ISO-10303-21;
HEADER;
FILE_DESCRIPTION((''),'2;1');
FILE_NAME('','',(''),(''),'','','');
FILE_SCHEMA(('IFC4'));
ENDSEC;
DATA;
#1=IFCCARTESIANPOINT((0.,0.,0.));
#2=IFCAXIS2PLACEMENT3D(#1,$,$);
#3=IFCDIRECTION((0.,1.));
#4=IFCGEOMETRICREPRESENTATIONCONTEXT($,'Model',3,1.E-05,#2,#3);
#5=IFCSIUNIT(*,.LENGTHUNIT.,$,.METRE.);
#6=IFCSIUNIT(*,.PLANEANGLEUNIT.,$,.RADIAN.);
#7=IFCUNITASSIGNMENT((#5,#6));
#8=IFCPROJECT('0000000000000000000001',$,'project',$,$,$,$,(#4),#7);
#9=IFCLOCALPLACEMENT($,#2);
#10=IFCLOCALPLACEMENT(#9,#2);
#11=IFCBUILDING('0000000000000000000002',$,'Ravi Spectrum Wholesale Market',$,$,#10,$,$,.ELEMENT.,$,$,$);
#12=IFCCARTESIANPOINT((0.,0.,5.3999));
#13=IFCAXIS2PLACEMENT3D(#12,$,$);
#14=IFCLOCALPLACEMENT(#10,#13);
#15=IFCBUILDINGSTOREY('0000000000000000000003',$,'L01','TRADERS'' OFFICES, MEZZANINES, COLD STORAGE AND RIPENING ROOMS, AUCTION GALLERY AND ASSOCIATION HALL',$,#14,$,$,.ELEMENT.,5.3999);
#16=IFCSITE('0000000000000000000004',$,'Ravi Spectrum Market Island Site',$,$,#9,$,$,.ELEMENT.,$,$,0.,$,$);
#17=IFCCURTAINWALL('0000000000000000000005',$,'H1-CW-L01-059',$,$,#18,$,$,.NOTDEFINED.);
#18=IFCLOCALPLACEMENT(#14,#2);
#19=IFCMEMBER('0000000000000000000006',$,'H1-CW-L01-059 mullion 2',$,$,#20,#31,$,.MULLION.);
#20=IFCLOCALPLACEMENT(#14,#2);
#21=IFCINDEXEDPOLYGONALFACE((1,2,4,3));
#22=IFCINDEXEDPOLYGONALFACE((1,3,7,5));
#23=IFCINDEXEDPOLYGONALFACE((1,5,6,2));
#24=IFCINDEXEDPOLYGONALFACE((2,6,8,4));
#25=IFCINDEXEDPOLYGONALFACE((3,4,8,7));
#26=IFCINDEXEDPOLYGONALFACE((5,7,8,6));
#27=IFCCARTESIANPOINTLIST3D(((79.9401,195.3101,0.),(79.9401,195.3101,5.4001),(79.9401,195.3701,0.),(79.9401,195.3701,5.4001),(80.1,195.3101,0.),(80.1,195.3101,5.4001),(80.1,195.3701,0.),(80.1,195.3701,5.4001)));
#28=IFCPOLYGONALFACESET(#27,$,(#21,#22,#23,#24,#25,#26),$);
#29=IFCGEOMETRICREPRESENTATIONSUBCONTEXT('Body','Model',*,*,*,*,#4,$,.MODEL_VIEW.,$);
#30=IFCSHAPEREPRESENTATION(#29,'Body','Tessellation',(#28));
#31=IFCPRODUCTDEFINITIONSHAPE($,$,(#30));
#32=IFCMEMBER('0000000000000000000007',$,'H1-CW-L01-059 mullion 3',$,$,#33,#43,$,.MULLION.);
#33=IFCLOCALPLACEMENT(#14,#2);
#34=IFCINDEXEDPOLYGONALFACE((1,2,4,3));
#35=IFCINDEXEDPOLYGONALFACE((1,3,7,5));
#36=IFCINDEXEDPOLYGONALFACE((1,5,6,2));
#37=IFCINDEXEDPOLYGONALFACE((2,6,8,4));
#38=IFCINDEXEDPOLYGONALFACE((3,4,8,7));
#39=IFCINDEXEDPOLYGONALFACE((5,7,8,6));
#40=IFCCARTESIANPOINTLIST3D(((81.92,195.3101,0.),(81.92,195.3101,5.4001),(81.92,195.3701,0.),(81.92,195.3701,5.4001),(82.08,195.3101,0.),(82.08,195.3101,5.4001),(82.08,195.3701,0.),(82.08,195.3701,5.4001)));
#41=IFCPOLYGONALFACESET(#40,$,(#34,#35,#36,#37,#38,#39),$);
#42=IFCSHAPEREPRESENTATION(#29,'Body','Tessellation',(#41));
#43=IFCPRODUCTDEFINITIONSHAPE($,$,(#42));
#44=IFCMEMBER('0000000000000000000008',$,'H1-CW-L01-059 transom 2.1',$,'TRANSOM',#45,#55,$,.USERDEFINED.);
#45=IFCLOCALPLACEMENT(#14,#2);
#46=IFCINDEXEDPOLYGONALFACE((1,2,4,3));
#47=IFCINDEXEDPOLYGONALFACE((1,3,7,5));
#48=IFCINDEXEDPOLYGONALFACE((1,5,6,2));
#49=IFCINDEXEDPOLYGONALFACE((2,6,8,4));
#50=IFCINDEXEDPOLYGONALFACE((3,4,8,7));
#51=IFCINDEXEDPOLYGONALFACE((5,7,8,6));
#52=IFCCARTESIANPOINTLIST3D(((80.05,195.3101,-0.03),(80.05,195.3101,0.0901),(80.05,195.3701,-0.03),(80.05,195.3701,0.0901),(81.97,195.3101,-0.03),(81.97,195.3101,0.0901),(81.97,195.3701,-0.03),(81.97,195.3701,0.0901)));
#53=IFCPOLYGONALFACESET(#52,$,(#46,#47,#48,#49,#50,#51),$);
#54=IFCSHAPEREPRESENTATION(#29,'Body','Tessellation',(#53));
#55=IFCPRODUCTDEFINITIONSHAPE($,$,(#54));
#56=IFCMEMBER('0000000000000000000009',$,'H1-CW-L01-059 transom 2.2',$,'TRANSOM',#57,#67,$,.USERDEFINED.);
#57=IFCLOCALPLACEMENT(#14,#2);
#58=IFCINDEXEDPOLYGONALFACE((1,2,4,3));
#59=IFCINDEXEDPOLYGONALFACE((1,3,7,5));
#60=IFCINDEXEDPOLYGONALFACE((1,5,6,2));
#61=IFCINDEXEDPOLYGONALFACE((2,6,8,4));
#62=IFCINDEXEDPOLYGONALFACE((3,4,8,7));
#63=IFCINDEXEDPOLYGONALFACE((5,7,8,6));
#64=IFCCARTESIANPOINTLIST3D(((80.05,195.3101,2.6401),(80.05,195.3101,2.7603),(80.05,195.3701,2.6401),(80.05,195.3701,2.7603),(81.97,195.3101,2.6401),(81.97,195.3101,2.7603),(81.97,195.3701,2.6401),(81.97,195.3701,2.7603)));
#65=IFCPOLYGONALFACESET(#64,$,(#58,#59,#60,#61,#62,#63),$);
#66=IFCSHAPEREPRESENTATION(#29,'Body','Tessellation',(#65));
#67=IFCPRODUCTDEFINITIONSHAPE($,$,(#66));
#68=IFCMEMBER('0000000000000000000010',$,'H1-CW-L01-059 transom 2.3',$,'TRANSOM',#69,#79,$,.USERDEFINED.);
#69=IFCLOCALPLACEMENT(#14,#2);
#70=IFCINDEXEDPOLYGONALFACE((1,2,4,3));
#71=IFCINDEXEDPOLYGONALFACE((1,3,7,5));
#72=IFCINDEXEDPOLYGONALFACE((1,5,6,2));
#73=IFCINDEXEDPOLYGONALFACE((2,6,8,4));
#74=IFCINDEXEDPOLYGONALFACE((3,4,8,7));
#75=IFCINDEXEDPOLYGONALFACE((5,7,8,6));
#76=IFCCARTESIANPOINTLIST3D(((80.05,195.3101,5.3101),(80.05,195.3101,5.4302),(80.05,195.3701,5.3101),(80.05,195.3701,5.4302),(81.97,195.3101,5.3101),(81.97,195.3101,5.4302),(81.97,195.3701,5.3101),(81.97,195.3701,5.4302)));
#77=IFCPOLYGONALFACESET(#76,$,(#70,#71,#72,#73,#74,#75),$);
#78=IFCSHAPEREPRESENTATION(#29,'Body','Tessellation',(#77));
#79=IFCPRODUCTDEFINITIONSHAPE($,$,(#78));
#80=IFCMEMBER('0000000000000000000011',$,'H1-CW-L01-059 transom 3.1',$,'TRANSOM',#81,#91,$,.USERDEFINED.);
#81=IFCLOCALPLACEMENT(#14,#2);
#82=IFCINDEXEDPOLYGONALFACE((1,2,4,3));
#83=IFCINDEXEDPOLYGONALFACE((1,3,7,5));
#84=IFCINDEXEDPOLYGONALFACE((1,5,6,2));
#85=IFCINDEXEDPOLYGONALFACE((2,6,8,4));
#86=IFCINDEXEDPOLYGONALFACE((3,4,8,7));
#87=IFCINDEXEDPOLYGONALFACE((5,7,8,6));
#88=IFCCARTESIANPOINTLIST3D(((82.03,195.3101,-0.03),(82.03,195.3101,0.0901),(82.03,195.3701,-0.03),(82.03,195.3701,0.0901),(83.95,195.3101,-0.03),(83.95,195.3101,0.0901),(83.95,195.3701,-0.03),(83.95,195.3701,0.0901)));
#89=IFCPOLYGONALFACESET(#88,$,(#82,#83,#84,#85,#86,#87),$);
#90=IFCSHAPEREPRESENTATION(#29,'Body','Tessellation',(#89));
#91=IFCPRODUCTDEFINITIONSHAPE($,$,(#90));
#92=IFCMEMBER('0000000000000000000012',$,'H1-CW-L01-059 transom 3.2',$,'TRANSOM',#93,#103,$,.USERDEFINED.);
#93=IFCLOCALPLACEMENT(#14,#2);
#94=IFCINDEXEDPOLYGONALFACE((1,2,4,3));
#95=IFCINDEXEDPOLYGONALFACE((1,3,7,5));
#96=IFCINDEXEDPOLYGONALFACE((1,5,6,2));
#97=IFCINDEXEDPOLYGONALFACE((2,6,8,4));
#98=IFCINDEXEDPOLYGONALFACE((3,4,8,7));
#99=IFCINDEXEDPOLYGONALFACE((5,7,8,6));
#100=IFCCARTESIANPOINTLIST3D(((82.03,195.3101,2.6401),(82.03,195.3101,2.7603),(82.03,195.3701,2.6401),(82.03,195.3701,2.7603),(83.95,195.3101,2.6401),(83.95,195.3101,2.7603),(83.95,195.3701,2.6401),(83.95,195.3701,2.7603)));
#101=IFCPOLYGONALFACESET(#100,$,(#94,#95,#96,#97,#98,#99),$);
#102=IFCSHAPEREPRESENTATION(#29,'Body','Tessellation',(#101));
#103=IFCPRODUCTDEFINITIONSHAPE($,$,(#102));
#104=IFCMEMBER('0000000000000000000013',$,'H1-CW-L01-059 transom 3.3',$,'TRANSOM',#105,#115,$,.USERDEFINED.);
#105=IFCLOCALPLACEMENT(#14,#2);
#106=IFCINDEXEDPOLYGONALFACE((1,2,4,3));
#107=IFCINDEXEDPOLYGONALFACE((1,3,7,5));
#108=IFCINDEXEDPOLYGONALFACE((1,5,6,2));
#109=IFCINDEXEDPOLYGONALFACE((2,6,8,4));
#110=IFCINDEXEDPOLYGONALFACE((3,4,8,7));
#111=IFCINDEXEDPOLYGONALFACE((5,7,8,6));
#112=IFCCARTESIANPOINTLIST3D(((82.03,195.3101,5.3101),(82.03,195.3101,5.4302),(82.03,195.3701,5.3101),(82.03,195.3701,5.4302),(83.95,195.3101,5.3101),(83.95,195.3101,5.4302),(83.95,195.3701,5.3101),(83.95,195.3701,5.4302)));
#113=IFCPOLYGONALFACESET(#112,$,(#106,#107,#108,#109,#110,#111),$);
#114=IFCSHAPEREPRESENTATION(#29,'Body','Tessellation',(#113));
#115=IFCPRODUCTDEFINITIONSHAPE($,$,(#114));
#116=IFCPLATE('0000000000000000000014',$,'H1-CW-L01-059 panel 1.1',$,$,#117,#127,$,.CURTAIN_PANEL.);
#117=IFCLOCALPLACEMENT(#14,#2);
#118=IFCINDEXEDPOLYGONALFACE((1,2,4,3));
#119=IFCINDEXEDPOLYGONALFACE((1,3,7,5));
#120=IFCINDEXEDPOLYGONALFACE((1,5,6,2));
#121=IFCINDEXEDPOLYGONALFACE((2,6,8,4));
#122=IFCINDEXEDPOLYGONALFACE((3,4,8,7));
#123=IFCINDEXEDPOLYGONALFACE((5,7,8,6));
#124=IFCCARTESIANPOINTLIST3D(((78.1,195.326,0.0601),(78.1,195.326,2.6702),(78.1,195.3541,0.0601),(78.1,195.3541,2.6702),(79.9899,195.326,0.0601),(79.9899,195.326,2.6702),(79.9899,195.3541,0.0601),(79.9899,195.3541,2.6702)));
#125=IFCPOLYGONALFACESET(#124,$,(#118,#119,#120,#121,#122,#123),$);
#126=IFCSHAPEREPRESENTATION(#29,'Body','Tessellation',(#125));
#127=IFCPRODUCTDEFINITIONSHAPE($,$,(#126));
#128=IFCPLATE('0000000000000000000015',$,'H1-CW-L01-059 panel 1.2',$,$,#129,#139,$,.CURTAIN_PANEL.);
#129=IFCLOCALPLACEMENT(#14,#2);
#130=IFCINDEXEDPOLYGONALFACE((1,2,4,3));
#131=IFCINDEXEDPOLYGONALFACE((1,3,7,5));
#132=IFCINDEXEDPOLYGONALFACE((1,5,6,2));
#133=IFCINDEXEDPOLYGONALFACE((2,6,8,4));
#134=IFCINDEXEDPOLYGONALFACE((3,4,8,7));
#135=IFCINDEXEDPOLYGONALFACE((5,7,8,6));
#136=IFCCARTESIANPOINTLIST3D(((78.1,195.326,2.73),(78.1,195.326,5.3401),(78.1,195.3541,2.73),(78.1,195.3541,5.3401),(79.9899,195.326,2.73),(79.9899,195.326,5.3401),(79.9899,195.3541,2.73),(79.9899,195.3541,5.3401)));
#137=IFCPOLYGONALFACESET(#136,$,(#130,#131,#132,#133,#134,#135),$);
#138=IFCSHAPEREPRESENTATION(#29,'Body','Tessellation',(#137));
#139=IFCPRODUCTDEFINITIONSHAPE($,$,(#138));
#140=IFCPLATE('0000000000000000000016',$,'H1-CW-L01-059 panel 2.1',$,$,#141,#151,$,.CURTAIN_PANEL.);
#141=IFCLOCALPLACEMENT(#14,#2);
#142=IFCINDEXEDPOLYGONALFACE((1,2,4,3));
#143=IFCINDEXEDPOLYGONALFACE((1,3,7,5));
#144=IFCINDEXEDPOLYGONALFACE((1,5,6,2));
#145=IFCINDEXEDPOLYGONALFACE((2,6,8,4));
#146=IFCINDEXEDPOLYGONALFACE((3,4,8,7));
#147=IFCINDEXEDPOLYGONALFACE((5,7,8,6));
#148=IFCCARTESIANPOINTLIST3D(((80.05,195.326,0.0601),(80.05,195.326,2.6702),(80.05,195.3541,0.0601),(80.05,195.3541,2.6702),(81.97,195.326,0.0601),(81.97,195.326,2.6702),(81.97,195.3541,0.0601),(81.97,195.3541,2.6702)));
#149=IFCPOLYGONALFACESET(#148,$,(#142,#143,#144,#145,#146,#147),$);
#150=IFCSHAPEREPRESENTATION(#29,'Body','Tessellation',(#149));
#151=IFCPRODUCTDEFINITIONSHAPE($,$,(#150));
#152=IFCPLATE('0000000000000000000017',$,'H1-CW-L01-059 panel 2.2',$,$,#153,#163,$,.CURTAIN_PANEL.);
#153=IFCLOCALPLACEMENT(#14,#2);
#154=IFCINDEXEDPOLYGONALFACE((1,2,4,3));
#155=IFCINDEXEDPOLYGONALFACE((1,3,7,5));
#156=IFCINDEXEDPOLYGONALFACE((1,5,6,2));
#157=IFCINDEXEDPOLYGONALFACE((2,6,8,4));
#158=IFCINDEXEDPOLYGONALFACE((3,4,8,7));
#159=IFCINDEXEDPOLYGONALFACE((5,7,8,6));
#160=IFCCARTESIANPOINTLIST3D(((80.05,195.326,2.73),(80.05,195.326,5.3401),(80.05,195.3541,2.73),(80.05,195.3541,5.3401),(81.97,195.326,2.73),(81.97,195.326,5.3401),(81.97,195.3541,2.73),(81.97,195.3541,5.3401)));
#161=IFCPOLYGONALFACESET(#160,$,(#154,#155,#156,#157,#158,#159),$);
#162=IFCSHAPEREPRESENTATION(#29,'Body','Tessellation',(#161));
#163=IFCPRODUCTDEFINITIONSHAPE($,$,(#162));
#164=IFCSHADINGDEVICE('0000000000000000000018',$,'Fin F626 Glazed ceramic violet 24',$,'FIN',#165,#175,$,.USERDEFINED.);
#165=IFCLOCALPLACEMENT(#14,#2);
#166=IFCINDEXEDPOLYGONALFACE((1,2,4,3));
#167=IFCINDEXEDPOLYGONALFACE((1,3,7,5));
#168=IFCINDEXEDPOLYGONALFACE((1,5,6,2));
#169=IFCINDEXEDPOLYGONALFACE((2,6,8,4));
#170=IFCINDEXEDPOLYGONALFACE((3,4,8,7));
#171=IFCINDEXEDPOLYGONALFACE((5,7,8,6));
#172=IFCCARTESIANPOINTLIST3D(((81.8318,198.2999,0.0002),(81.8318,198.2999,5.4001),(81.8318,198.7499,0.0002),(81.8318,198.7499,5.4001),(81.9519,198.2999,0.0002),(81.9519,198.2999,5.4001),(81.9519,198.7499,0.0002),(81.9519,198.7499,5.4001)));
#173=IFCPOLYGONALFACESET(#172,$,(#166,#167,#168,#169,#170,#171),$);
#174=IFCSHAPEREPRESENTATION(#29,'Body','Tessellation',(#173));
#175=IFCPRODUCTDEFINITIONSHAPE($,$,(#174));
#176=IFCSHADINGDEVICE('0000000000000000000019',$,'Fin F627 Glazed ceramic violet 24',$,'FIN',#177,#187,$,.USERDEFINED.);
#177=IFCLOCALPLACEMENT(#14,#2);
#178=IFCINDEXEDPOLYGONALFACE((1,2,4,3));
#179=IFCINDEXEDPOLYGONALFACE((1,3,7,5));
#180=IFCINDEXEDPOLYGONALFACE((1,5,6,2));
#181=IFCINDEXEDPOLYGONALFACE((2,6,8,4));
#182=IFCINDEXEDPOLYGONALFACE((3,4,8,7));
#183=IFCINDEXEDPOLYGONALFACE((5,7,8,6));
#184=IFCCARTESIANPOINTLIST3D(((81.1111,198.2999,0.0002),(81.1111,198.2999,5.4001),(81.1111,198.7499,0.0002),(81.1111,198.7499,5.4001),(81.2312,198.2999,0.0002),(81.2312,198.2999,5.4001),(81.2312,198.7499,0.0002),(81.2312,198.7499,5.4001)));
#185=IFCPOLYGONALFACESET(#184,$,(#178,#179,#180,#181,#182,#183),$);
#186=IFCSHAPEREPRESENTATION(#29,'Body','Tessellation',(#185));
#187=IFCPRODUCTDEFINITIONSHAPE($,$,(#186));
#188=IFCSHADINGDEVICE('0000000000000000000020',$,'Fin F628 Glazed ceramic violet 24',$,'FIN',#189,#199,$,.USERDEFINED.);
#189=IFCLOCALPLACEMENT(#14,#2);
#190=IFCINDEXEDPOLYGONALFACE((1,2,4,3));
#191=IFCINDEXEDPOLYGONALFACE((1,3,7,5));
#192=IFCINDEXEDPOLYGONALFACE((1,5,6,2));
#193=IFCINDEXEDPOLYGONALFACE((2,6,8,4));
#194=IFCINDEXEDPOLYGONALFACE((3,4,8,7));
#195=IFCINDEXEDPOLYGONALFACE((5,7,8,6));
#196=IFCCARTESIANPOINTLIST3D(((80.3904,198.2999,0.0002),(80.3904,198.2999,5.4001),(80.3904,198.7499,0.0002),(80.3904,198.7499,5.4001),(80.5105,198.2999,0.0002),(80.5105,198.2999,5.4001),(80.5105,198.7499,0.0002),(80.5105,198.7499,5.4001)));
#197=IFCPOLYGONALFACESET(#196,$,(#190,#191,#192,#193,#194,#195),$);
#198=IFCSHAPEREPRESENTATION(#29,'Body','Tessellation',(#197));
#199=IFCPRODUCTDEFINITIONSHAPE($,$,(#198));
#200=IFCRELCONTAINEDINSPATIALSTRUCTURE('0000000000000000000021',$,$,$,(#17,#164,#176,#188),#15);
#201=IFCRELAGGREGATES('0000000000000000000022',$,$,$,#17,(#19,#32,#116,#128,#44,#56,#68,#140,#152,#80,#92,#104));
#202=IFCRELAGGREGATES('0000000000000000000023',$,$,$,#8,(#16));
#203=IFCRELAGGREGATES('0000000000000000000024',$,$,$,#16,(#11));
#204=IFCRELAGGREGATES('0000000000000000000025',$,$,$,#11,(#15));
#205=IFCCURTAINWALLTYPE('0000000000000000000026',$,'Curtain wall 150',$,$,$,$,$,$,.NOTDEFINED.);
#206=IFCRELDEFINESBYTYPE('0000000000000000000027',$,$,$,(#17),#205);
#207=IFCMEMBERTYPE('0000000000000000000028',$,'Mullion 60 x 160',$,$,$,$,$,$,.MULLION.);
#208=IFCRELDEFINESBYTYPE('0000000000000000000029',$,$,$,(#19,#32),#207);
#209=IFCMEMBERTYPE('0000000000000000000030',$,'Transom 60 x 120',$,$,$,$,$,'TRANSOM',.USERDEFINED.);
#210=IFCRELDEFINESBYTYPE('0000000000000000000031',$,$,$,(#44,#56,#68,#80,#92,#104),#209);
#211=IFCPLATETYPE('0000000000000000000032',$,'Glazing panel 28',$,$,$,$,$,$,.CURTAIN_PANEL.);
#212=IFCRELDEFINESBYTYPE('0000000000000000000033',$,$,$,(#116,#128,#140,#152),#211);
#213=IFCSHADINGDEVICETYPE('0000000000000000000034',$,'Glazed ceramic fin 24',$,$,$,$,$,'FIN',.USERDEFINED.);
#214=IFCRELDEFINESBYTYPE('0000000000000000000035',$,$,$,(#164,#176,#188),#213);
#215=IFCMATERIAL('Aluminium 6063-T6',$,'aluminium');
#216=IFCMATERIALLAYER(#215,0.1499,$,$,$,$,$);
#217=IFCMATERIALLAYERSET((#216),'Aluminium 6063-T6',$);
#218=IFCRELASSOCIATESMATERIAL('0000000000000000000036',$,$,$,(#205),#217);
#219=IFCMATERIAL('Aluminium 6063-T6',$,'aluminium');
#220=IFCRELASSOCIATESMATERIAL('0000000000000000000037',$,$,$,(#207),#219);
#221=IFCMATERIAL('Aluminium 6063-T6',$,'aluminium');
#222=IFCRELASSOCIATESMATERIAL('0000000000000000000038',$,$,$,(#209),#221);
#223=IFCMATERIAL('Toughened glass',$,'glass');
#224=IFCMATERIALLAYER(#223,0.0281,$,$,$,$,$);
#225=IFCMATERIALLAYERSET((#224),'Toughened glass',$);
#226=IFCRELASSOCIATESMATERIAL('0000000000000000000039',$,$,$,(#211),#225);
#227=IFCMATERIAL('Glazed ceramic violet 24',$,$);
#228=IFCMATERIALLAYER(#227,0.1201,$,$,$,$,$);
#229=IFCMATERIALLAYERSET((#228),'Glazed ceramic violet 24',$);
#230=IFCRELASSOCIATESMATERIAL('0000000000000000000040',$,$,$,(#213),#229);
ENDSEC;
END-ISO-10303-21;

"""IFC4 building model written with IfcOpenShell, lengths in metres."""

from ifc_helpers import new_model, si_unit, direction, frame, origin, origin_2d, place, context, subcontext, project, spatial, rectangle, extrude, material, layer, layer_set, material_profile, profile_set, type_object, element, aggregate, save


model = new_model("IFC4")

# Units and contexts
model_context = context("Model", 3, precision=1e-05, world=origin(), true_north=direction((0.0, 1.0)))
body_context = subcontext(model_context, "Body", "Model", "MODEL_VIEW")
ifc_project = project(units=[si_unit("LENGTHUNIT", "METRE"), si_unit("PLANEANGLEUNIT", "RADIAN")], contexts=[model_context])

# Site, building, storey
site_placement = place(None, origin())
site = spatial("IfcSite", under=ifc_project, at=site_placement, Name="Ravi Spectrum Market Island Site", CompositionType="ELEMENT", RefElevation=0.0)
building_placement = place(site_placement, origin())
building = spatial("IfcBuilding", under=site, at=building_placement, Name="Ravi Spectrum Wholesale Market", CompositionType="ELEMENT")
storey_placement = place(building_placement, frame((0.0, 0.0, 5.3999)))
storey = spatial("IfcBuildingStorey", under=building, at=storey_placement, Name="L01", Description="TRADERS' OFFICES, MEZZANINES, COLD STORAGE AND RIPENING ROOMS, AUCTION GALLERY AND ASSOCIATION HALL", CompositionType="ELEMENT", Elevation=5.3999)

# Curtain wall, members, plates
ifc_material_1 = material(Name="Aluminium 6063-T6", Category="aluminium")
ifc_layer_1 = layer(ifc_material_1, 0.1499)
ifc_layer_set_1 = layer_set([ifc_layer_1], Name="Aluminium 6063-T6")
curtain_wall_type = type_object("IfcCurtainWallType", Name="Curtain wall 150", PredefinedType="NOTDEFINED", material=ifc_layer_set_1)
curtain_wall_placement = place(storey_placement, origin())
curtain_wall = element("IfcCurtainWall", 1, at=curtain_wall_placement, inside=storey, type_object=curtain_wall_type, Name="H1-CW-L01-059", PredefinedType="NOTDEFINED")
ifc_material_2 = material(Name="Aluminium 6063-T6", Category="aluminium")
ifc_material_profile_1 = material_profile(ifc_material_2, rectangle(XDim=0.0601, YDim=0.1599, at=origin_2d()))
ifc_profile_set_1 = profile_set([ifc_material_profile_1], Name="Aluminium 6063-T6")
member_type_1 = type_object("IfcMemberType", Name="Mullion 60 x 160", PredefinedType="MULLION", material=ifc_profile_set_1)
member_1_placement = place(storey_placement, frame((80.02, 195.3401, 0.0), z_axis=(0.0, 0.0, 1.0), x_axis=(0.0, 1.0, 0.0)))
member_1 = element("IfcMember", 2, at=member_1_placement, type_object=member_type_1, Name="H1-CW-L01-059 mullion 2", PredefinedType="MULLION", context=body_context, shape_type="SweptSolid", body=[
    extrude(rectangle(XDim=0.0601, YDim=0.1599, at=origin_2d()), origin(), (0.0, 0.0, 1.0), 5.4001),
])
member_2_placement = place(storey_placement, frame((82.0, 195.3401, 0.0), z_axis=(0.0, 0.0, 1.0), x_axis=(0.0, 1.0, 0.0)))
member_2 = element("IfcMember", 3, at=member_2_placement, type_object=member_type_1, Name="H1-CW-L01-059 mullion 3", PredefinedType="MULLION", context=body_context, shape_type="SweptSolid", body=[
    extrude(rectangle(XDim=0.0601, YDim=0.1599, at=origin_2d()), origin(), (0.0, 0.0, 1.0), 5.4001),
])
ifc_material_3 = material(Name="Aluminium 6063-T6", Category="aluminium")
ifc_material_profile_2 = material_profile(ifc_material_3, rectangle(XDim=0.0601, YDim=0.1201, at=origin_2d()))
ifc_profile_set_2 = profile_set([ifc_material_profile_2], Name="Aluminium 6063-T6")
member_type_2 = type_object("IfcMemberType", Name="Transom 60 x 120", ElementType="TRANSOM", PredefinedType="USERDEFINED", material=ifc_profile_set_2)
member_3_placement = place(storey_placement, frame((80.05, 195.3401, 0.03), z_axis=(1.0, 0.0, 0.0), x_axis=(0.0, 1.0, 0.0)))
member_3 = element("IfcMember", 4, at=member_3_placement, type_object=member_type_2, Name="H1-CW-L01-059 transom 2.1", ObjectType="TRANSOM", PredefinedType="USERDEFINED", context=body_context, shape_type="SweptSolid", body=[
    extrude(rectangle(XDim=0.0601, YDim=0.1201, at=origin_2d()), origin(), (0.0, 0.0, 1.0), 1.9199),
])
member_4_placement = place(storey_placement, frame((80.05, 195.3401, 2.7002), z_axis=(1.0, 0.0, 0.0), x_axis=(0.0, 1.0, 0.0)))
member_4 = element("IfcMember", 5, at=member_4_placement, type_object=member_type_2, Name="H1-CW-L01-059 transom 2.2", ObjectType="TRANSOM", PredefinedType="USERDEFINED", context=body_context, shape_type="SweptSolid", body=[
    extrude(rectangle(XDim=0.0601, YDim=0.1201, at=origin_2d()), origin(), (0.0, 0.0, 1.0), 1.9199),
])
member_5_placement = place(storey_placement, frame((80.05, 195.3401, 5.3701), z_axis=(1.0, 0.0, 0.0), x_axis=(0.0, 1.0, 0.0)))
member_5 = element("IfcMember", 6, at=member_5_placement, type_object=member_type_2, Name="H1-CW-L01-059 transom 2.3", ObjectType="TRANSOM", PredefinedType="USERDEFINED", context=body_context, shape_type="SweptSolid", body=[
    extrude(rectangle(XDim=0.0601, YDim=0.1201, at=origin_2d()), origin(), (0.0, 0.0, 1.0), 1.9199),
])
member_6_placement = place(storey_placement, frame((82.03, 195.3401, 0.03), z_axis=(1.0, 0.0, 0.0), x_axis=(0.0, 1.0, 0.0)))
member_6 = element("IfcMember", 7, at=member_6_placement, type_object=member_type_2, Name="H1-CW-L01-059 transom 3.1", ObjectType="TRANSOM", PredefinedType="USERDEFINED", context=body_context, shape_type="SweptSolid", body=[
    extrude(rectangle(XDim=0.0601, YDim=0.1201, at=origin_2d()), origin(), (0.0, 0.0, 1.0), 1.9199),
])
member_7_placement = place(storey_placement, frame((82.03, 195.3401, 2.7002), z_axis=(1.0, 0.0, 0.0), x_axis=(0.0, 1.0, 0.0)))
member_7 = element("IfcMember", 8, at=member_7_placement, type_object=member_type_2, Name="H1-CW-L01-059 transom 3.2", ObjectType="TRANSOM", PredefinedType="USERDEFINED", context=body_context, shape_type="SweptSolid", body=[
    extrude(rectangle(XDim=0.0601, YDim=0.1201, at=origin_2d()), origin(), (0.0, 0.0, 1.0), 1.9199),
])
member_8_placement = place(storey_placement, frame((82.03, 195.3401, 5.3701), z_axis=(1.0, 0.0, 0.0), x_axis=(0.0, 1.0, 0.0)))
member_8 = element("IfcMember", 9, at=member_8_placement, type_object=member_type_2, Name="H1-CW-L01-059 transom 3.3", ObjectType="TRANSOM", PredefinedType="USERDEFINED", context=body_context, shape_type="SweptSolid", body=[
    extrude(rectangle(XDim=0.0601, YDim=0.1201, at=origin_2d()), origin(), (0.0, 0.0, 1.0), 1.9199),
])
ifc_material_4 = material(Name="Toughened glass", Category="glass")
ifc_layer_2 = layer(ifc_material_4, 0.0281)
ifc_layer_set_2 = layer_set([ifc_layer_2], Name="Toughened glass")
plate_type = type_object("IfcPlateType", Name="Glazing panel 28", PredefinedType="CURTAIN_PANEL", material=ifc_layer_set_2)
plate_1_placement = place(storey_placement, frame((79.0449, 195.3401, 0.0601), z_axis=(0.0, 0.0, 1.0), x_axis=(1.0, 0.0, 0.0)))
plate_1 = element("IfcPlate", 10, at=plate_1_placement, type_object=plate_type, Name="H1-CW-L01-059 panel 1.1", PredefinedType="CURTAIN_PANEL", context=body_context, shape_type="SweptSolid", body=[
    extrude(rectangle(XDim=1.8899, YDim=0.0281, at=origin_2d()), origin(), (0.0, 0.0, 1.0), 2.6101),
])
plate_2_placement = place(storey_placement, frame((79.0449, 195.3401, 2.73), z_axis=(0.0, 0.0, 1.0), x_axis=(1.0, 0.0, 0.0)))
plate_2 = element("IfcPlate", 11, at=plate_2_placement, type_object=plate_type, Name="H1-CW-L01-059 panel 1.2", PredefinedType="CURTAIN_PANEL", context=body_context, shape_type="SweptSolid", body=[
    extrude(rectangle(XDim=1.8899, YDim=0.0281, at=origin_2d()), origin(), (0.0, 0.0, 1.0), 2.6101),
])
plate_3_placement = place(storey_placement, frame((81.01, 195.3401, 0.0601), z_axis=(0.0, 0.0, 1.0), x_axis=(1.0, 0.0, 0.0)))
plate_3 = element("IfcPlate", 12, at=plate_3_placement, type_object=plate_type, Name="H1-CW-L01-059 panel 2.1", PredefinedType="CURTAIN_PANEL", context=body_context, shape_type="SweptSolid", body=[
    extrude(rectangle(XDim=1.9199, YDim=0.0281, at=origin_2d()), origin(), (0.0, 0.0, 1.0), 2.6101),
])
plate_4_placement = place(storey_placement, frame((81.01, 195.3401, 2.73), z_axis=(0.0, 0.0, 1.0), x_axis=(1.0, 0.0, 0.0)))
plate_4 = element("IfcPlate", 13, at=plate_4_placement, type_object=plate_type, Name="H1-CW-L01-059 panel 2.2", PredefinedType="CURTAIN_PANEL", context=body_context, shape_type="SweptSolid", body=[
    extrude(rectangle(XDim=1.9199, YDim=0.0281, at=origin_2d()), origin(), (0.0, 0.0, 1.0), 2.6101),
])
aggregate(curtain_wall, [member_1, member_2, plate_1, plate_2, member_3, member_4, member_5, plate_3, plate_4, member_6, member_7, member_8])

# Shading devices
ifc_material_5 = material(Name="Glazed ceramic violet 24")
ifc_layer_3 = layer(ifc_material_5, 0.1201)
ifc_layer_set_3 = layer_set([ifc_layer_3], Name="Glazed ceramic violet 24")
shading_device_type = type_object("IfcShadingDeviceType", Name="Glazed ceramic fin 24", ElementType="FIN", PredefinedType="USERDEFINED", material=ifc_layer_set_3)
for number, where, z_axis, x_axis, name in (
    (14, (81.8918, 198.5249, 0.0002), (0.0, 0.0, 1.0), (-1.0, 0.0, 0.0), "Fin F626 Glazed ceramic violet 24"),
    (15, (81.1711, 198.5249, 0.0002), (0.0, 0.0, 1.0), (-1.0, 0.0, 0.0), "Fin F627 Glazed ceramic violet 24"),
    (16, (80.4504, 198.5249, 0.0002), (0.0, 0.0, 1.0), (-1.0, 0.0, 0.0), "Fin F628 Glazed ceramic violet 24"),
):
    element("IfcShadingDevice", number, at=place(storey_placement, frame(where, z_axis=z_axis, x_axis=x_axis)), inside=storey, type_object=shading_device_type, Name=name, ObjectType="FIN", PredefinedType="USERDEFINED", context=body_context, shape_type="SweptSolid", body=[
        extrude(rectangle(XDim=0.1201, YDim=0.45, at=origin_2d()), origin(), (0.0, 0.0, 1.0), 5.3999),
    ])

save(model, "model.ifc")
